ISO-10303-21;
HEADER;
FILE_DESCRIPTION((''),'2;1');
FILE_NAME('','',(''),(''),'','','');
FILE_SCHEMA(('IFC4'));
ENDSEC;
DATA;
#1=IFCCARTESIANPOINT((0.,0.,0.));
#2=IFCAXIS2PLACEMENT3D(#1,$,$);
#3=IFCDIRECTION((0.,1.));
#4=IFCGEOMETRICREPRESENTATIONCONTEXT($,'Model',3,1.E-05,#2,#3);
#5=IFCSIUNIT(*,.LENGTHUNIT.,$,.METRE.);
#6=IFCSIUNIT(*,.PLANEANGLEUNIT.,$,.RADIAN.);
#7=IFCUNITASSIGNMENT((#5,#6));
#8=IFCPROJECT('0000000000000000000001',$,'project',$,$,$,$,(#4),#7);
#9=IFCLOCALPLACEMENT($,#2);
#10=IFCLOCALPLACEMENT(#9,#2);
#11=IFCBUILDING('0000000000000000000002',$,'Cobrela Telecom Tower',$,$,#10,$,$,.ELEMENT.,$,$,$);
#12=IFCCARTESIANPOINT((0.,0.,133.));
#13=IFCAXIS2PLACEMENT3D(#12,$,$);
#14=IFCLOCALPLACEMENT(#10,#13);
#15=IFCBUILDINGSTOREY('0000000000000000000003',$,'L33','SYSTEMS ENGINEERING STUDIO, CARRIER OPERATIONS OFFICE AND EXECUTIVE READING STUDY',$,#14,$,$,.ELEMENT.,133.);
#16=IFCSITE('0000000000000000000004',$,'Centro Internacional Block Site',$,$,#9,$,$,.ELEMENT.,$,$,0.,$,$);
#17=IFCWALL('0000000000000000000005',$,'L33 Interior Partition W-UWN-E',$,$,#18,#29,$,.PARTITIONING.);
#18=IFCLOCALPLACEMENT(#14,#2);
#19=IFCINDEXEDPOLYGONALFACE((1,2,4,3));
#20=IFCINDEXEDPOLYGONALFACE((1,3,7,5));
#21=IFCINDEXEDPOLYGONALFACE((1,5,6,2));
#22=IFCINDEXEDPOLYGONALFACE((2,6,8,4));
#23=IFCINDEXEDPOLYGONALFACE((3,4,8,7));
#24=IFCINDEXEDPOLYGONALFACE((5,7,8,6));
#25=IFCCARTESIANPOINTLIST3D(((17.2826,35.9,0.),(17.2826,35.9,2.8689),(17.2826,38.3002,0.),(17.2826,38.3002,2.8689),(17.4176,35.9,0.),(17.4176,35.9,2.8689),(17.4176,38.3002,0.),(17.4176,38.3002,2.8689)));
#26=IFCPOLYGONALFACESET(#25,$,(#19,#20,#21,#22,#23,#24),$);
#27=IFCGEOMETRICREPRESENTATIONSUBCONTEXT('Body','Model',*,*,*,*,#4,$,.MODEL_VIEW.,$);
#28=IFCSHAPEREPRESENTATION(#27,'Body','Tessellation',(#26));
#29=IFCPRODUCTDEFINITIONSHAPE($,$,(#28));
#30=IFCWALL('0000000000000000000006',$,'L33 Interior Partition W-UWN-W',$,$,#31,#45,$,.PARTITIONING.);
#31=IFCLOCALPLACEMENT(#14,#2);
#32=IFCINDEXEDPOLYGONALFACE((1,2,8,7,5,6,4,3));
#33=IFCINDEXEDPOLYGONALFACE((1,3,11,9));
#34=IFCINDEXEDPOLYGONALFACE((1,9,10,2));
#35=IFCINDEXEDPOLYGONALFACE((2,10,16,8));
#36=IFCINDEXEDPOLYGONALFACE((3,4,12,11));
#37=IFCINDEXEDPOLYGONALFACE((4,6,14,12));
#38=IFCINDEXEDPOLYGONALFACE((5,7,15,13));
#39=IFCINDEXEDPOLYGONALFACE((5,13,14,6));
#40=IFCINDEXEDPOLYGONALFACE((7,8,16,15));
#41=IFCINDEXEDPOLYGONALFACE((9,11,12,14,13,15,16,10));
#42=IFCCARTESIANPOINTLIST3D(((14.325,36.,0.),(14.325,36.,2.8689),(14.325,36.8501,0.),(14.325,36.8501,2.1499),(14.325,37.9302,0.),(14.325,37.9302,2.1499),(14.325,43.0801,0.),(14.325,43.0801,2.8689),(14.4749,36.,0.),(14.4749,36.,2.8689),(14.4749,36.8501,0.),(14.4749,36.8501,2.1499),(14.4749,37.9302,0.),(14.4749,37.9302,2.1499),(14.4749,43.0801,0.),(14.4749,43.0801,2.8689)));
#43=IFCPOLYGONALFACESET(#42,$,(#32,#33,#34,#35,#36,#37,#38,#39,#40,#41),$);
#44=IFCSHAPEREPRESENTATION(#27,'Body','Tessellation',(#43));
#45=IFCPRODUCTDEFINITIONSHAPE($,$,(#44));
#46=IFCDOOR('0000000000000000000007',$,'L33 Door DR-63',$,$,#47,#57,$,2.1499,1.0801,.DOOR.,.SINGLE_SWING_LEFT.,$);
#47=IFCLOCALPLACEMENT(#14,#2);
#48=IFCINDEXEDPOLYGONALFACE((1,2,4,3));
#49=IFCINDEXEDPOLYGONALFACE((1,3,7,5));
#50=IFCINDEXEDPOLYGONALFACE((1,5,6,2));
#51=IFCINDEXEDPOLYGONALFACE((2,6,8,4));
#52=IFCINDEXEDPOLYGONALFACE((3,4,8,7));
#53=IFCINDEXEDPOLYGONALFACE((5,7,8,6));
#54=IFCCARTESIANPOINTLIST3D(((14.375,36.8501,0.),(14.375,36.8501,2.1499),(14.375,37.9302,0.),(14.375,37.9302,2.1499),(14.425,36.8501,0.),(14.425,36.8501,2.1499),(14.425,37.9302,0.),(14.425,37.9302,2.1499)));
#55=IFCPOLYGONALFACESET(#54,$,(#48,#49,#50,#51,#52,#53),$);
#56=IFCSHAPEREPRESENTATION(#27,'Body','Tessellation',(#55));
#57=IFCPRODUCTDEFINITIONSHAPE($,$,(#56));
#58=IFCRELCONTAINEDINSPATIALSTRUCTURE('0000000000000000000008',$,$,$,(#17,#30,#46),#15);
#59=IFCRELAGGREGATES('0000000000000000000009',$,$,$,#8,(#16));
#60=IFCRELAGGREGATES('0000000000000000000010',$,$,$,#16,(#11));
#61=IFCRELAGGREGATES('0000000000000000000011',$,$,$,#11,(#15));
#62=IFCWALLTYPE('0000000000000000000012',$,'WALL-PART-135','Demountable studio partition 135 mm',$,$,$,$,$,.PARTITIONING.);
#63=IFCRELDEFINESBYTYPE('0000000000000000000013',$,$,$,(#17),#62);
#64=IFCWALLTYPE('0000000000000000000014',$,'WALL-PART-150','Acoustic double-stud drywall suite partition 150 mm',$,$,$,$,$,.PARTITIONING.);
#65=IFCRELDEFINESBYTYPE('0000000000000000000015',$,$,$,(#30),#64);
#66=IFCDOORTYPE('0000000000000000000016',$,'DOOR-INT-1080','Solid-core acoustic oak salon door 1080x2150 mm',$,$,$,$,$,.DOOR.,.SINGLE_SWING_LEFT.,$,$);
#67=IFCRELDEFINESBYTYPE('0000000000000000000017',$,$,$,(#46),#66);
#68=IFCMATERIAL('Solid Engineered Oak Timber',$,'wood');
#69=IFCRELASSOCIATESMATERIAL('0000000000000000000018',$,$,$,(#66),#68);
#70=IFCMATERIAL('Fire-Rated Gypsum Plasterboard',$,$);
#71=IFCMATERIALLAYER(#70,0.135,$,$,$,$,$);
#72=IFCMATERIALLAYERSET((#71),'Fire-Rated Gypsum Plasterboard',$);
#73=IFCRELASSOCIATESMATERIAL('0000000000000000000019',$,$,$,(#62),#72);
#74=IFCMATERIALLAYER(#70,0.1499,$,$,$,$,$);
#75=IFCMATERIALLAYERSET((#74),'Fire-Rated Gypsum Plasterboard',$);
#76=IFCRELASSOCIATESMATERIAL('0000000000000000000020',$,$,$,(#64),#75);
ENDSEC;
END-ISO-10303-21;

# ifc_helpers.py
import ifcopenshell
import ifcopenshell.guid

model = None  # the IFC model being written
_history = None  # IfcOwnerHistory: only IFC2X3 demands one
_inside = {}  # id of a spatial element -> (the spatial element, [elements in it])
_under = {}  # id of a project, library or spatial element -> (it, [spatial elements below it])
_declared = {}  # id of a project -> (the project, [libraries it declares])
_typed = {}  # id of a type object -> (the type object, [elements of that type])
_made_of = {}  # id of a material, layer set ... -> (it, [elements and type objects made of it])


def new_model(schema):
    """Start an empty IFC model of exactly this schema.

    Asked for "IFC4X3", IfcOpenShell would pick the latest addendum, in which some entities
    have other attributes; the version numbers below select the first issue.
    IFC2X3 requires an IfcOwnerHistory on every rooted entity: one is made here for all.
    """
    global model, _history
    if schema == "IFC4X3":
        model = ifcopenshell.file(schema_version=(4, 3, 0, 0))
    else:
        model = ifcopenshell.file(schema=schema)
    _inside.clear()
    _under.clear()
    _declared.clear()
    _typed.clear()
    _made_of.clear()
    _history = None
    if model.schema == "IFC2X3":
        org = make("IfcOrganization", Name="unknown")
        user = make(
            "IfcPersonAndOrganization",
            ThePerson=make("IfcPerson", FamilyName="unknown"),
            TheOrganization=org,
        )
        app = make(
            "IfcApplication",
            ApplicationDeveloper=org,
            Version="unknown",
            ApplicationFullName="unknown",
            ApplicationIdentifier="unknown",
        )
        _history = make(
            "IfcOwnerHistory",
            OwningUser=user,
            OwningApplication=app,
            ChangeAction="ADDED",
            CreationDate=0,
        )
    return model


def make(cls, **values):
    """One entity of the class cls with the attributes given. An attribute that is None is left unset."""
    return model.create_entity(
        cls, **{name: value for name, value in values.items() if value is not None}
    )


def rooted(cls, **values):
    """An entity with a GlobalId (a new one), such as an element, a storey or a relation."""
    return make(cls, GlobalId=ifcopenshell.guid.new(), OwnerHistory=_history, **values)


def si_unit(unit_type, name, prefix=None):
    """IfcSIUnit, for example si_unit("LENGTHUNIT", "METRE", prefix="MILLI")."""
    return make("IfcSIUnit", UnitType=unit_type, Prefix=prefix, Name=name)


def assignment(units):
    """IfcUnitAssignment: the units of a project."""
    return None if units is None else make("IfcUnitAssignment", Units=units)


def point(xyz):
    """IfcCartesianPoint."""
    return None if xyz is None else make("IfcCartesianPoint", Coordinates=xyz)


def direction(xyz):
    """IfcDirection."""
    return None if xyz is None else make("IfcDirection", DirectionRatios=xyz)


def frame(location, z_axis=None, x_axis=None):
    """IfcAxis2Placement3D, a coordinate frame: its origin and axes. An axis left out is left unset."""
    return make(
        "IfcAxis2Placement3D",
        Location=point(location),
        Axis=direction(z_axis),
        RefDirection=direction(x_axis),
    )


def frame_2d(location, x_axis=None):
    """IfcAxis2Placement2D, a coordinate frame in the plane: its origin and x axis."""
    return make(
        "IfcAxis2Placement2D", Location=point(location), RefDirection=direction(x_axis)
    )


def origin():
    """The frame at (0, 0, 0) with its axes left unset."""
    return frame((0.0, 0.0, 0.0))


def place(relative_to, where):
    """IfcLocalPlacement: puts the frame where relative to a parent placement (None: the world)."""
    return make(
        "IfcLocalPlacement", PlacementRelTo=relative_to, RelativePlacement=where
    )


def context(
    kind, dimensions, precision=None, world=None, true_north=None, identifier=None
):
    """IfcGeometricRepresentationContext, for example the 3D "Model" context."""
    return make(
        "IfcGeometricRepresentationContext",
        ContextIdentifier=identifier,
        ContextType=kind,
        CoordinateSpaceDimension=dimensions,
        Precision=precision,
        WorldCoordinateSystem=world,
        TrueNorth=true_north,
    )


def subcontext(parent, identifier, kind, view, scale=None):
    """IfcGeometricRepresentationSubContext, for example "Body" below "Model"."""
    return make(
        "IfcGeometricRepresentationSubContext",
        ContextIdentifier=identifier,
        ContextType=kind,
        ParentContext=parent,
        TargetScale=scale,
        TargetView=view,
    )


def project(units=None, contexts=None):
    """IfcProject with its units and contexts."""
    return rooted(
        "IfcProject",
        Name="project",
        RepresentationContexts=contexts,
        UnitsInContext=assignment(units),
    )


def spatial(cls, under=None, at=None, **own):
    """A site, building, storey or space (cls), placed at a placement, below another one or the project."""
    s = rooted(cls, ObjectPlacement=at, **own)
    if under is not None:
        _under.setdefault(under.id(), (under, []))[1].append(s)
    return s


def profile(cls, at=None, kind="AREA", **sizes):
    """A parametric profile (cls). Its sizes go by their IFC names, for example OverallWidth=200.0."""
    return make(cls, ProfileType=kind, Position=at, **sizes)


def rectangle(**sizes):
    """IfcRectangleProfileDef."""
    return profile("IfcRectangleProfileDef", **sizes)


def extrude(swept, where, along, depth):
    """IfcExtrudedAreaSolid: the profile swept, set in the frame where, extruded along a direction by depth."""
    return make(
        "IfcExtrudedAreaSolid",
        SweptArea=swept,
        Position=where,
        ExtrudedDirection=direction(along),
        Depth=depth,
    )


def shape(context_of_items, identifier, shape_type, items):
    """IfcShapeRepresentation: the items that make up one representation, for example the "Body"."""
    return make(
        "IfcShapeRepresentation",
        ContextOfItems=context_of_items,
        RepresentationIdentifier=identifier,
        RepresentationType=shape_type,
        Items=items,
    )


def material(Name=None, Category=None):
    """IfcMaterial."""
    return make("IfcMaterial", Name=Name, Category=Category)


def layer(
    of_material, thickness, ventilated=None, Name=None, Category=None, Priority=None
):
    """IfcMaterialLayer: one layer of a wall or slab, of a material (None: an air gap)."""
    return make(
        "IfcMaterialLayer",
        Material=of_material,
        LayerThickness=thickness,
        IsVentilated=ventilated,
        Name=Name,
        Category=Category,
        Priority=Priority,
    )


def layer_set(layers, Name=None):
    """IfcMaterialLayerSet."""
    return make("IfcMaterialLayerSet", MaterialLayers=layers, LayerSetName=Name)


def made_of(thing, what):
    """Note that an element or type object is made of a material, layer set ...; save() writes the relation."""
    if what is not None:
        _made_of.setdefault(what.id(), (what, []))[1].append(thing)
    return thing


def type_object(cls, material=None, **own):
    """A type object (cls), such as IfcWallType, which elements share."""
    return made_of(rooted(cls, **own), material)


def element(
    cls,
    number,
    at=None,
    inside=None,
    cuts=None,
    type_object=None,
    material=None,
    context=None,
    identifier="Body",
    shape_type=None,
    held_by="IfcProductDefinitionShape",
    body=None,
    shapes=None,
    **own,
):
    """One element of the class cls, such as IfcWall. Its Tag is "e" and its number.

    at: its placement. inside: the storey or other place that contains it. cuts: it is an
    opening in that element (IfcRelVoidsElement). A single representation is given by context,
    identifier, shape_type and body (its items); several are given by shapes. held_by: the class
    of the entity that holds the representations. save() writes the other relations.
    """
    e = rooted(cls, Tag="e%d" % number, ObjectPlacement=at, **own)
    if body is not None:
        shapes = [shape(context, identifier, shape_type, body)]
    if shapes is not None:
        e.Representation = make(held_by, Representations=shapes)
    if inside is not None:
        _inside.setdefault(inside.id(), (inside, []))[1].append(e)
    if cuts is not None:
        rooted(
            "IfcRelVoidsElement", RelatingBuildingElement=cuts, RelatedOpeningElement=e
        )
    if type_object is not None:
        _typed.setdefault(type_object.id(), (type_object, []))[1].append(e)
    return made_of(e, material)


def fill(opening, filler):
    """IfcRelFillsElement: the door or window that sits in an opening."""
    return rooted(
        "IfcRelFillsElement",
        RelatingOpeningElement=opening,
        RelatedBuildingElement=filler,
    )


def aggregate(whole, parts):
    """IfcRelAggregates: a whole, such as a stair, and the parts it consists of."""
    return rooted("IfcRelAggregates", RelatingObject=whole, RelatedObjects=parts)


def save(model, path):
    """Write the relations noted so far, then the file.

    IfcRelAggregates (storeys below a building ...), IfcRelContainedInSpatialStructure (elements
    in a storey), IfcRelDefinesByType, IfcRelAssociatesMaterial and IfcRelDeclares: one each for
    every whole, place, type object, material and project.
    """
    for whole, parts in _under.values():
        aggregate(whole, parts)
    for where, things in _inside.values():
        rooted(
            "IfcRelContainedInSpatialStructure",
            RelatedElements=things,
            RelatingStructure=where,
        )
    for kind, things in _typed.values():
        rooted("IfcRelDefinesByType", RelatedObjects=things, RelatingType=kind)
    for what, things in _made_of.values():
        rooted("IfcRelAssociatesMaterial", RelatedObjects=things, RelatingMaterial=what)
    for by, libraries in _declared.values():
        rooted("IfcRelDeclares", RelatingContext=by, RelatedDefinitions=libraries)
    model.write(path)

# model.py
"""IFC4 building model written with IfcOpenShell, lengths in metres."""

from ifc_helpers import new_model, si_unit, direction, frame, frame_2d, origin, place, context, subcontext, project, spatial, rectangle, extrude, material, layer, layer_set, type_object, element, fill, save


model = new_model("IFC4")

# Units and contexts
model_context = context("Model", 3, precision=1e-05, world=origin(), true_north=direction((0.0, 1.0)))
body_context = subcontext(model_context, "Body", "Model", "MODEL_VIEW")
ifc_project = project(units=[si_unit("LENGTHUNIT", "METRE"), si_unit("PLANEANGLEUNIT", "RADIAN")], contexts=[model_context])

# Site, building, storey
site_placement = place(None, origin())
site = spatial("IfcSite", under=ifc_project, at=site_placement, Name="Centro Internacional Block Site", CompositionType="ELEMENT", RefElevation=0.0)
building_placement = place(site_placement, origin())
building = spatial("IfcBuilding", under=site, at=building_placement, Name="Cobrela Telecom Tower", CompositionType="ELEMENT")
storey_placement = place(building_placement, frame((0.0, 0.0, 133.0)))
storey = spatial("IfcBuildingStorey", under=building, at=storey_placement, Name="L33", Description="SYSTEMS ENGINEERING STUDIO, CARRIER OPERATIONS OFFICE AND EXECUTIVE READING STUDY", CompositionType="ELEMENT", Elevation=133.0)

# Shared definitions
ifc_material_1 = material(Name="Fire-Rated Gypsum Plasterboard")
ifc_material_2 = material(Name="Solid Engineered Oak Timber", Category="wood")
door_type = type_object("IfcDoorType", Name="DOOR-INT-1080", Description="Solid-core acoustic oak salon door 1080x2150 mm", OperationType="SINGLE_SWING_LEFT", PredefinedType="DOOR", material=ifc_material_2)

# Wall
ifc_layer_1 = layer(ifc_material_1, 0.135)
ifc_layer_set_1 = layer_set([ifc_layer_1], Name="Fire-Rated Gypsum Plasterboard")
wall_type_1 = type_object("IfcWallType", Name="WALL-PART-135", Description="Demountable studio partition 135 mm", PredefinedType="PARTITIONING", material=ifc_layer_set_1)
wall_1_placement = place(storey_placement, frame((17.3501, 35.8999, 0.0), z_axis=(0.0, 0.0, 1.0), x_axis=(0.0, 1.0, 0.0)))
element("IfcWall", 1, at=wall_1_placement, inside=storey, type_object=wall_type_1, Name="L33 Interior Partition W-UWN-E", PredefinedType="PARTITIONING", context=body_context, shape_type="SweptSolid", body=[
    extrude(rectangle(XDim=2.4001, YDim=0.135, at=frame_2d((1.2002, 0.0))), origin(), (0.0, 0.0, 1.0), 2.8689),
])

# Wall, opening, door
ifc_layer_2 = layer(ifc_material_1, 0.1499)
ifc_layer_set_2 = layer_set([ifc_layer_2], Name="Fire-Rated Gypsum Plasterboard")
wall_type_2 = type_object("IfcWallType", Name="WALL-PART-150", Description="Acoustic double-stud drywall suite partition 150 mm", PredefinedType="PARTITIONING", material=ifc_layer_set_2)
wall_2_placement = place(storey_placement, frame((14.3999, 36.0, 0.0), z_axis=(0.0, 0.0, 1.0), x_axis=(0.0, 1.0, 0.0)))
wall_2 = element("IfcWall", 2, at=wall_2_placement, inside=storey, type_object=wall_type_2, Name="L33 Interior Partition W-UWN-W", PredefinedType="PARTITIONING", context=body_context, shape_type="SweptSolid", body=[
    extrude(rectangle(XDim=7.0801, YDim=0.1499, at=frame_2d((3.54, 0.0))), origin(), (0.0, 0.0, 1.0), 2.8689),
])
opening_1_placement = place(wall_2_placement, frame((0.8501, 0.0, 0.0)))
opening_1 = element("IfcOpeningElement", 3, at=opening_1_placement, cuts=wall_2, PredefinedType="OPENING", context=body_context, shape_type="SweptSolid", body=[
    extrude(rectangle(XDim=1.0801, YDim=2.1499, at=frame_2d((0.54, 1.075))), frame((0.0, 0.0869, 0.0), z_axis=(0.0, -1.0, 0.0), x_axis=(1.0, 0.0, 0.0)), (0.0, 0.0, 1.0), 0.1738),
])
door_1_placement = place(opening_1_placement, origin())
door_1 = element("IfcDoor", 4, at=door_1_placement, inside=storey, type_object=door_type, Name="L33 Door DR-63", OperationType="SINGLE_SWING_LEFT", OverallHeight=2.1499, OverallWidth=1.0801, PredefinedType="DOOR", context=body_context, shape_type="SweptSolid", body=[
    extrude(rectangle(XDim=1.0801, YDim=2.1499, at=frame_2d((0.54, 1.075))), frame((0.0, 0.0249, 0.0), z_axis=(0.0, -1.0, 0.0), x_axis=(1.0, 0.0, 0.0)), (0.0, 0.0, 1.0), 0.05),
])
fill(opening_1, door_1)

save(model, "model.ifc")
